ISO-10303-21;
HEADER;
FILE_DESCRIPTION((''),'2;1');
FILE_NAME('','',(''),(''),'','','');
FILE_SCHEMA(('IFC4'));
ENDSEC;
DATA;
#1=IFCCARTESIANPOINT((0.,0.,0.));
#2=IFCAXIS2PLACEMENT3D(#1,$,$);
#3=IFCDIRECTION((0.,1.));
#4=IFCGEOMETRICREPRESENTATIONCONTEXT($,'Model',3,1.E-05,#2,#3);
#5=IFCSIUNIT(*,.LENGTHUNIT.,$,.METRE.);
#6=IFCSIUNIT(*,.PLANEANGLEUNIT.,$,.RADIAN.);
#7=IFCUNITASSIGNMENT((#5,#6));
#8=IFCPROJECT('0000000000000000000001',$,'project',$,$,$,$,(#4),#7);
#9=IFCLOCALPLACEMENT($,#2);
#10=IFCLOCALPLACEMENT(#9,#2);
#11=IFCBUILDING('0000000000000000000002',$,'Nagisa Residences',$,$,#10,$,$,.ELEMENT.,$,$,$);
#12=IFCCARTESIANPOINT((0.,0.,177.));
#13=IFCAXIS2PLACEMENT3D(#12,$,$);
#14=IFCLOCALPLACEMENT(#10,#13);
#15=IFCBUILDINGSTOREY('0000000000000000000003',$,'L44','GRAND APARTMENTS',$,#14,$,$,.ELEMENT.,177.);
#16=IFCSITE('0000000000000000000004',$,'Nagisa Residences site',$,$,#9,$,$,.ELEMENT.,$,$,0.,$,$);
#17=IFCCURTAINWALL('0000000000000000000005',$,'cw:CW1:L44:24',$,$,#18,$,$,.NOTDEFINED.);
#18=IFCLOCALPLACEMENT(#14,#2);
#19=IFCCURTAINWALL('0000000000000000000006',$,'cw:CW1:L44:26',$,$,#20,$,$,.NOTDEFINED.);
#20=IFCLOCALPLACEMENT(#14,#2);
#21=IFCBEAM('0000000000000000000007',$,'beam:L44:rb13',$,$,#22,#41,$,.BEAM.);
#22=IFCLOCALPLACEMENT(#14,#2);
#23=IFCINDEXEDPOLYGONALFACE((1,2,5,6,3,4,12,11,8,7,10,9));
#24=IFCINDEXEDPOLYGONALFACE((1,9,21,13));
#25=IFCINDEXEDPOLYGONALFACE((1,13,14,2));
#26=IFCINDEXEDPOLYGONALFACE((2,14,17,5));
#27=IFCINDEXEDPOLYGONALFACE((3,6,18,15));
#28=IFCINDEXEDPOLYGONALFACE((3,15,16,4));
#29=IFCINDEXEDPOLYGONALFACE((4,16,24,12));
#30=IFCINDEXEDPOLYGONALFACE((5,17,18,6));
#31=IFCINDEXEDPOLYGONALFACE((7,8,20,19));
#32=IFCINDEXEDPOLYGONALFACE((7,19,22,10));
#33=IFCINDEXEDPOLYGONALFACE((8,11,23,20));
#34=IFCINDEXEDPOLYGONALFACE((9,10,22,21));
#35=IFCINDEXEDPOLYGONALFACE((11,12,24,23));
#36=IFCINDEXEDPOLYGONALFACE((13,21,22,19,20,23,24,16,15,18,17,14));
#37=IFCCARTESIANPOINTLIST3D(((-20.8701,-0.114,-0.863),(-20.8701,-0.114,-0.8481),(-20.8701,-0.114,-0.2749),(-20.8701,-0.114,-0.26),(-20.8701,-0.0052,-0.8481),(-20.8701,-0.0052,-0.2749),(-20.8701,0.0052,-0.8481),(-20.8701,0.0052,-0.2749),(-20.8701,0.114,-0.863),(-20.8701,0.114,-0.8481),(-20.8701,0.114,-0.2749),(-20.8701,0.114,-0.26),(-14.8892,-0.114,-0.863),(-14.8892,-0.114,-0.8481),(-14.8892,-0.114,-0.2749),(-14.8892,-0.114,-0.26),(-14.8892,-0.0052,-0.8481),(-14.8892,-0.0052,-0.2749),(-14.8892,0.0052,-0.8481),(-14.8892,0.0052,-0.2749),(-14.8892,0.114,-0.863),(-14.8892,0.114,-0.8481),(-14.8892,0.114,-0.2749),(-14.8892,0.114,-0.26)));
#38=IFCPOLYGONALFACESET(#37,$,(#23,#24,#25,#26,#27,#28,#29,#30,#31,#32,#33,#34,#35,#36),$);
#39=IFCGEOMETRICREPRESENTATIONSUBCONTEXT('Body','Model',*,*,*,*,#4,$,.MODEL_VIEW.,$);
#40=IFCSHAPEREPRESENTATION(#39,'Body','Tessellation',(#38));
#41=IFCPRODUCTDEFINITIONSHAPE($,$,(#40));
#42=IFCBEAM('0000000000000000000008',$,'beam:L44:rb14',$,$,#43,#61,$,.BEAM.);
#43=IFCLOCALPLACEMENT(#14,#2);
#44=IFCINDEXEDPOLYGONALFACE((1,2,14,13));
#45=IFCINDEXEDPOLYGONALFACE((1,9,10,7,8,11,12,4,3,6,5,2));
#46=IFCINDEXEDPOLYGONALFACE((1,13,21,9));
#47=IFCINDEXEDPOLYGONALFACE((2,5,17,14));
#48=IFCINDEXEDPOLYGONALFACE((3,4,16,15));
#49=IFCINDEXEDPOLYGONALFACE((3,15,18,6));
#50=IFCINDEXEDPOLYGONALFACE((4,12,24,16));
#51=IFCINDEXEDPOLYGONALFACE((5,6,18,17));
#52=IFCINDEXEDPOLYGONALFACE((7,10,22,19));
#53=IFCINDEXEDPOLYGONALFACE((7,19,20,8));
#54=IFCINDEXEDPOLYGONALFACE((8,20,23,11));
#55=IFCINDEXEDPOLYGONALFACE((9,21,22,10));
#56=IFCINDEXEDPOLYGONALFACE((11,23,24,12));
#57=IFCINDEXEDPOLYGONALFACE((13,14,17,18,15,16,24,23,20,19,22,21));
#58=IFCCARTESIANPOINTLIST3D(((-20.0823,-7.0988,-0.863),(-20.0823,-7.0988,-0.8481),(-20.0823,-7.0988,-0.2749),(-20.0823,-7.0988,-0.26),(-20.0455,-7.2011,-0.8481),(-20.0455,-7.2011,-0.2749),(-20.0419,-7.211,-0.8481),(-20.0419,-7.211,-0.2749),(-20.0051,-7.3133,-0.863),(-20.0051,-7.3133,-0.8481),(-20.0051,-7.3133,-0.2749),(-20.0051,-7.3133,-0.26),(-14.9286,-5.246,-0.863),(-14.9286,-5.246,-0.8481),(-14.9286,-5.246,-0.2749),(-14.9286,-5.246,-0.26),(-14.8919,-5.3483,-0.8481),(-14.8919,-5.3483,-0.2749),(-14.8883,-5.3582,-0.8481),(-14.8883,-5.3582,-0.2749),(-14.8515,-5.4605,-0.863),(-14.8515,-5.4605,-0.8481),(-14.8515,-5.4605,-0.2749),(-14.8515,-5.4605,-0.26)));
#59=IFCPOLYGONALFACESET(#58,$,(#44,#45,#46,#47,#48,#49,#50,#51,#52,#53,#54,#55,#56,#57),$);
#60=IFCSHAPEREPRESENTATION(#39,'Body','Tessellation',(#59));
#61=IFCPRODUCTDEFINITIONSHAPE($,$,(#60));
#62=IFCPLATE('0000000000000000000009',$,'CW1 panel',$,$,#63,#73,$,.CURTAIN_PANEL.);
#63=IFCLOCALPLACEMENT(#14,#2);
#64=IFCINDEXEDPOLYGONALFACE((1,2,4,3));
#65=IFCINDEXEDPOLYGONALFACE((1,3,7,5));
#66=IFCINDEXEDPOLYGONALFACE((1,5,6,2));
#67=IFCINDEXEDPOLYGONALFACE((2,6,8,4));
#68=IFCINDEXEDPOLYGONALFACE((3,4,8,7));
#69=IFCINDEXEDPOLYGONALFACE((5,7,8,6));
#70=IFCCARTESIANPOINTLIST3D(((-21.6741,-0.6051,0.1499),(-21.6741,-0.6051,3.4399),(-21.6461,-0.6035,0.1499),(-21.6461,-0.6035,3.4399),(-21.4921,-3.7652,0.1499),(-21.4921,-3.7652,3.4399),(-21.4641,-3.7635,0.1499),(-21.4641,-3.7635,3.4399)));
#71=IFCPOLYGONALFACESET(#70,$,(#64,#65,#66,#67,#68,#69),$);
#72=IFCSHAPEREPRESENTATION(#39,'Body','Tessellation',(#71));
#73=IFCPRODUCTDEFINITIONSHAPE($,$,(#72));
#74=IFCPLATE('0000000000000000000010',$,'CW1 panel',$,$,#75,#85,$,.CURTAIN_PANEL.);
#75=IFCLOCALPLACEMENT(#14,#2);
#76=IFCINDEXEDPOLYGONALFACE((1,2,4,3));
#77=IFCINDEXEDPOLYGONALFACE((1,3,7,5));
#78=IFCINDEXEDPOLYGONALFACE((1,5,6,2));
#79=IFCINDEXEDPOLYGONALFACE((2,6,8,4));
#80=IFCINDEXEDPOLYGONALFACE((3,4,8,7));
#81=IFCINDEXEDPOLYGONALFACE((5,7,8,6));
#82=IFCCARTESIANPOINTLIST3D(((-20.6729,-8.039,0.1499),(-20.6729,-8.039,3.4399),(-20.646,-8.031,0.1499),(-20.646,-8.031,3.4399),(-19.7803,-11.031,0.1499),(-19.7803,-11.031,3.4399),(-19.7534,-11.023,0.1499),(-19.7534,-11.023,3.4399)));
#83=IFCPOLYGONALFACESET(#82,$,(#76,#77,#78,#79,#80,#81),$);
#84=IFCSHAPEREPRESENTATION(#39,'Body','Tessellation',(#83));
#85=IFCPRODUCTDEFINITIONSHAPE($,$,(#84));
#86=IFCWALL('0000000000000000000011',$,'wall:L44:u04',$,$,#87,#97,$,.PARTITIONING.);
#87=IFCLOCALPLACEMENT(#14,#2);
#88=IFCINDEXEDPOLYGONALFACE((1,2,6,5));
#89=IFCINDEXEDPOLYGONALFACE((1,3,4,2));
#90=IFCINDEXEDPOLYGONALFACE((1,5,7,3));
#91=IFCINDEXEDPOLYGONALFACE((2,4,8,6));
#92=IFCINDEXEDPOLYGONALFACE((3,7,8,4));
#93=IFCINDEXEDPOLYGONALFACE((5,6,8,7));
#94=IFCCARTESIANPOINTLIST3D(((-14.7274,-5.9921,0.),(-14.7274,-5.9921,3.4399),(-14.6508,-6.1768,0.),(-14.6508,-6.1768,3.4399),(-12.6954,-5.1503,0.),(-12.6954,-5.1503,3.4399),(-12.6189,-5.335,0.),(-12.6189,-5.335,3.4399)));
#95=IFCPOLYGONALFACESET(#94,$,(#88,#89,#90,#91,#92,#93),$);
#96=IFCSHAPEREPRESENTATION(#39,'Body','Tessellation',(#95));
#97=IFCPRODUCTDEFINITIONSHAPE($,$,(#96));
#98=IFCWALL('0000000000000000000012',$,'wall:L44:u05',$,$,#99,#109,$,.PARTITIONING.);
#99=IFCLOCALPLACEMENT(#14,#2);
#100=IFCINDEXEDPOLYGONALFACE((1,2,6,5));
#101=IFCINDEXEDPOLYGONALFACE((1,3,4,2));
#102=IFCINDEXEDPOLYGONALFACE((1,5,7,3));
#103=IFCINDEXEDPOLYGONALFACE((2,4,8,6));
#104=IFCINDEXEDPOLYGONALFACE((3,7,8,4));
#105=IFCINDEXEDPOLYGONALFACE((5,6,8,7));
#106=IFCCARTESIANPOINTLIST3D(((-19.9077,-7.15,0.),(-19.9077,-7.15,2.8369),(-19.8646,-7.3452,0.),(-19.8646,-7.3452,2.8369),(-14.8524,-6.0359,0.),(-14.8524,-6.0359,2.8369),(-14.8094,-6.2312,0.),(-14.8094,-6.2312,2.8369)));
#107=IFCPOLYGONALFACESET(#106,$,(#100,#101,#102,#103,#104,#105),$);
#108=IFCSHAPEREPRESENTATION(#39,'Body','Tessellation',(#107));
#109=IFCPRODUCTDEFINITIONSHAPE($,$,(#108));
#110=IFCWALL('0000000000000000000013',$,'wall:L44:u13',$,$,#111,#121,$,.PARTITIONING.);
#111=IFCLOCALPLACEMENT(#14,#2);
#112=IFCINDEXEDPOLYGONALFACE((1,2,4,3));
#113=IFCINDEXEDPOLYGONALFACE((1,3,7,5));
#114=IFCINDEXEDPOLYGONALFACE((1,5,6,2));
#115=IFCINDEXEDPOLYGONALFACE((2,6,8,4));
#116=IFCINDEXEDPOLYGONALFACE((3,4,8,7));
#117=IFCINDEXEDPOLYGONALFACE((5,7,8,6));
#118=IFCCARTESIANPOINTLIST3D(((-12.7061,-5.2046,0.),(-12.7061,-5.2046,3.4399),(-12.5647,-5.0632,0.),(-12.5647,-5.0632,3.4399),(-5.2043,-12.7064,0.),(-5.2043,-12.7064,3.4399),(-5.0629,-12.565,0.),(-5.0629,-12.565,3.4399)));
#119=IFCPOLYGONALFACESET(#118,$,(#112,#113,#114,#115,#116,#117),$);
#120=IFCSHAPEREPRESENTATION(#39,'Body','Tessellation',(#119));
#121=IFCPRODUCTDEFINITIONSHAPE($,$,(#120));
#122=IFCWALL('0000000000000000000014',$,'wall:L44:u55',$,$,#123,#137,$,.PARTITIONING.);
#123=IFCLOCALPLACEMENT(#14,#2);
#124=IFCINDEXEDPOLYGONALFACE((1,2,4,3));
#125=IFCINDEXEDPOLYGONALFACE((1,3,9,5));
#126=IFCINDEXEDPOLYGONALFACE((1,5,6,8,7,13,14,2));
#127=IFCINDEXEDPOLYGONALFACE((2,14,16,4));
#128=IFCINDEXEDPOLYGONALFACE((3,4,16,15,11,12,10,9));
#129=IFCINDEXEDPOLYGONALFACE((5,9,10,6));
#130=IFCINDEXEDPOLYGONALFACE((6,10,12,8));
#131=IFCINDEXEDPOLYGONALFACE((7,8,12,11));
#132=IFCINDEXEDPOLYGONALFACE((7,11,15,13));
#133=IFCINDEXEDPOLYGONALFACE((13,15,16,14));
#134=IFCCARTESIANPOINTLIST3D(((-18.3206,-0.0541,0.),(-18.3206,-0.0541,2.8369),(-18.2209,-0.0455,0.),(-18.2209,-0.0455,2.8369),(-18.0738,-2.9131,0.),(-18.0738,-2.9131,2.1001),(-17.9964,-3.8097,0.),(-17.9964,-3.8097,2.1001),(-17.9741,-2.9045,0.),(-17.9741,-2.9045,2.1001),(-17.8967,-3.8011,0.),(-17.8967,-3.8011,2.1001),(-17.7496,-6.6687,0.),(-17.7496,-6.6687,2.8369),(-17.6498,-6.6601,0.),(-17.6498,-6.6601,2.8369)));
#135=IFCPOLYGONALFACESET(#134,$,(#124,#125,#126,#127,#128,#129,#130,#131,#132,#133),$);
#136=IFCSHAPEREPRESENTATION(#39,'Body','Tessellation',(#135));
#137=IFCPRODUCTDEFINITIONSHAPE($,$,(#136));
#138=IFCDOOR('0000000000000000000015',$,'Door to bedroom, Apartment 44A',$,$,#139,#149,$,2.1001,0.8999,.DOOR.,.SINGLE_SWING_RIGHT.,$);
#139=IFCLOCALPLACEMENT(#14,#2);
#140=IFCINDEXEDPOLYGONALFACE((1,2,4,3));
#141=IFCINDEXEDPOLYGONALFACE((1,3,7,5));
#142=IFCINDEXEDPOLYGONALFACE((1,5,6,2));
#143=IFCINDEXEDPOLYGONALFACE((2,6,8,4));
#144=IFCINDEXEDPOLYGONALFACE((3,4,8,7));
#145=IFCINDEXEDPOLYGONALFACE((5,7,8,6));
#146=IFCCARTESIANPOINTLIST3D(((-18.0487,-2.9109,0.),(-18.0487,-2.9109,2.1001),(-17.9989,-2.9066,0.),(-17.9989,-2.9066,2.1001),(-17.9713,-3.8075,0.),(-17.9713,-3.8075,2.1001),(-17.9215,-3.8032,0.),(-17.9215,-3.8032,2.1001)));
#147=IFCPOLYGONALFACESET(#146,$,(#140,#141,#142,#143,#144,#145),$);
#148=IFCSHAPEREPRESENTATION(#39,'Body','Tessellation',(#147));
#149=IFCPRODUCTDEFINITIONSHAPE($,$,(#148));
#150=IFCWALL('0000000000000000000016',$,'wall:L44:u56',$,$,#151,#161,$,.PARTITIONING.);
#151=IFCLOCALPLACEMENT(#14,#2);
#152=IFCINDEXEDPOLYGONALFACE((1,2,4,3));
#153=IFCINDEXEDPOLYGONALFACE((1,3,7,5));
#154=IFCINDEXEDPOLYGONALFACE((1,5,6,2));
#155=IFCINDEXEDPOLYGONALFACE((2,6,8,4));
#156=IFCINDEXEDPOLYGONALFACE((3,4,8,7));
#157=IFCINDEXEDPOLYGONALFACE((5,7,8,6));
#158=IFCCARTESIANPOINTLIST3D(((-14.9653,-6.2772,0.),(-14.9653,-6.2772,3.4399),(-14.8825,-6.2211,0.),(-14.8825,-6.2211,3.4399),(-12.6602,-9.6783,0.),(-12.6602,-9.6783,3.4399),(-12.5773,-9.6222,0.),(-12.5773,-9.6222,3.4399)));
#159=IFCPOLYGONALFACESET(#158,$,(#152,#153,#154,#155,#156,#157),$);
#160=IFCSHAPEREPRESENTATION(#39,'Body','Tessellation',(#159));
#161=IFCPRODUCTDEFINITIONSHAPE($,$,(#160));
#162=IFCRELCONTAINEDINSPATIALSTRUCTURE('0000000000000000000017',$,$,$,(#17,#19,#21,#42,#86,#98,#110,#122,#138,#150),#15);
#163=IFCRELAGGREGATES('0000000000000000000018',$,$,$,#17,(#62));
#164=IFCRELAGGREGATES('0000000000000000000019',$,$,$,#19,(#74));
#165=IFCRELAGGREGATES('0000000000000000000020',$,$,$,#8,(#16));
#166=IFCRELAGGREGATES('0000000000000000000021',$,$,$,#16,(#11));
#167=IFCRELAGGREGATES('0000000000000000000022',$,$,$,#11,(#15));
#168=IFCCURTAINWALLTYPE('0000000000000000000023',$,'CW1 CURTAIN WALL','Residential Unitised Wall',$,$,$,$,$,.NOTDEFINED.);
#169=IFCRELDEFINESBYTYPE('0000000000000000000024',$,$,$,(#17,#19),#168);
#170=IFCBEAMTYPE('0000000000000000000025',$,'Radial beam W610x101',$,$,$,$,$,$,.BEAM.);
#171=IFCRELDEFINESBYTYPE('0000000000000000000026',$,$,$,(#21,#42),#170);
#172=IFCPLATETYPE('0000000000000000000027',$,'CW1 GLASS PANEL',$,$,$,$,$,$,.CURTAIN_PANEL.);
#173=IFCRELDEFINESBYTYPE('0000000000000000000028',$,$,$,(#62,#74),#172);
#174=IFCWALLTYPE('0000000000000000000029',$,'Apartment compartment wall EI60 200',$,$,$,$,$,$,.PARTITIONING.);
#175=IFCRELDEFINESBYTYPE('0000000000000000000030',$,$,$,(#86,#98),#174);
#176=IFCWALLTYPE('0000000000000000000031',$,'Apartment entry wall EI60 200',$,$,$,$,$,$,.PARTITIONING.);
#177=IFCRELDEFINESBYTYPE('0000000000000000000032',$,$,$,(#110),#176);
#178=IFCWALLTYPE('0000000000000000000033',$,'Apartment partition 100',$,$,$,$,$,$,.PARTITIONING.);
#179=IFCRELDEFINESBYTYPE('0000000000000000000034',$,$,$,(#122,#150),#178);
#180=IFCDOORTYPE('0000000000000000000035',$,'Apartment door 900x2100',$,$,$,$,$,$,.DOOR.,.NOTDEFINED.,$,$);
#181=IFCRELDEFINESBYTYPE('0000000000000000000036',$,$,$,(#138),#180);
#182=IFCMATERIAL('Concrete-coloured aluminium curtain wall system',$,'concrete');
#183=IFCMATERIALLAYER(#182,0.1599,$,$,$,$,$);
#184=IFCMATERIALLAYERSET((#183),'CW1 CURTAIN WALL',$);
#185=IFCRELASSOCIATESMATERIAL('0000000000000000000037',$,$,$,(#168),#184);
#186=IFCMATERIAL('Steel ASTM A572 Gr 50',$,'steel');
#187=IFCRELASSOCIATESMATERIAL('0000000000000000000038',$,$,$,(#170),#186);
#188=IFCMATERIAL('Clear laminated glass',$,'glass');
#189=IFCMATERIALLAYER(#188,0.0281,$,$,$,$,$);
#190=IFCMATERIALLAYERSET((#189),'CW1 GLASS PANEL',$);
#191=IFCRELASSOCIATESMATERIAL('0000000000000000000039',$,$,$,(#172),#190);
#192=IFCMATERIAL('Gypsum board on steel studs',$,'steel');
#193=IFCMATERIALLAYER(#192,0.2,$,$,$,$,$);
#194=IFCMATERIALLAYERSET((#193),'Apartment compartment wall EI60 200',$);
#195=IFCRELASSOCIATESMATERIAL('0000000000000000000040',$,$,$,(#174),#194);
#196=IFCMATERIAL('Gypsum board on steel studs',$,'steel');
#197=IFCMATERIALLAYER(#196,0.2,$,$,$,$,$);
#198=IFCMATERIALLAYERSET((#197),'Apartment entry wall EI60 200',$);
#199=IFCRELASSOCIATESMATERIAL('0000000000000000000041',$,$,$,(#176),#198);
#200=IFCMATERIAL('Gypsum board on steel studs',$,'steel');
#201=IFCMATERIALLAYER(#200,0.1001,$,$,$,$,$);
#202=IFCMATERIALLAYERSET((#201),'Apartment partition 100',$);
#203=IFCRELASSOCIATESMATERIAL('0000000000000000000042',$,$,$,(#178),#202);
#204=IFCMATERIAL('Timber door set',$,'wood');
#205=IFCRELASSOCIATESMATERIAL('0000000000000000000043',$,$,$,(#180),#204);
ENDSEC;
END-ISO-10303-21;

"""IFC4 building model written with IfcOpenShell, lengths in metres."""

from ifc_helpers import new_model, si_unit, direction, frame, frame_2d, origin, origin_2d, place, context, subcontext, project, spatial, rectangle, i_section, extrude, material, layer, layer_set, material_profile, profile_set, type_object, element, fill, aggregate, save


model = new_model("IFC4")

# Units and contexts
model_context = context("Model", 3, precision=1e-05, world=origin(), true_north=direction((0.0, 1.0)))
body_context = subcontext(model_context, "Body", "Model", "MODEL_VIEW")
ifc_project = project(units=[si_unit("LENGTHUNIT", "METRE"), si_unit("PLANEANGLEUNIT", "RADIAN")], contexts=[model_context])

# Site, building, storey
site_placement = place(None, origin())
site = spatial("IfcSite", under=ifc_project, at=site_placement, Name="Nagisa Residences site", CompositionType="ELEMENT", RefElevation=0.0)
building_placement = place(site_placement, origin())
building = spatial("IfcBuilding", under=site, at=building_placement, Name="Nagisa Residences", CompositionType="ELEMENT")
storey_placement = place(building_placement, frame((0.0, 0.0, 177.0)))
storey = spatial("IfcBuildingStorey", under=building, at=storey_placement, Name="L44", Description="GRAND APARTMENTS", CompositionType="ELEMENT", Elevation=177.0)

# Curtain walls
ifc_material_1 = material(Name="Concrete-coloured aluminium curtain wall system", Category="concrete")
ifc_layer_1 = layer(ifc_material_1, 0.1599)
ifc_layer_set_1 = layer_set([ifc_layer_1], Name="CW1 CURTAIN WALL")
curtain_wall_type = type_object("IfcCurtainWallType", Name="CW1 CURTAIN WALL", Description="Residential Unitised Wall", PredefinedType="NOTDEFINED", material=ifc_layer_set_1)
curtain_wall_1_placement = place(storey_placement, origin())
curtain_wall_1 = element("IfcCurtainWall", 1, at=curtain_wall_1_placement, inside=storey, type_object=curtain_wall_type, Name="cw:CW1:L44:24", PredefinedType="NOTDEFINED")
curtain_wall_2_placement = place(storey_placement, origin())
curtain_wall_2 = element("IfcCurtainWall", 2, at=curtain_wall_2_placement, inside=storey, type_object=curtain_wall_type, Name="cw:CW1:L44:26", PredefinedType="NOTDEFINED")

# Beams
ifc_material_2 = material(Name="Steel ASTM A572 Gr 50", Category="steel")
ifc_material_profile_1 = material_profile(ifc_material_2, i_section(OverallWidth=0.228, OverallDepth=0.603, WebThickness=0.0105, FlangeThickness=0.0149, at=origin_2d()), Name="W610x101")
ifc_profile_set_1 = profile_set([ifc_material_profile_1], Name="Steel ASTM A572 Gr 50")
beam_type_1 = type_object("IfcBeamType", Name="Radial beam W610x101", PredefinedType="BEAM", material=ifc_profile_set_1)
beam_1_placement = place(storey_placement, frame((-20.8701, 0.0, -0.5615), z_axis=(1.0, 0.0, 0.0), x_axis=(0.0, 1.0, 0.0)))
element("IfcBeam", 3, at=beam_1_placement, inside=storey, type_object=beam_type_1, Name="beam:L44:rb13", PredefinedType="BEAM", context=body_context, shape_type="SweptSolid", body=[
    extrude(i_section(OverallWidth=0.228, OverallDepth=0.603, WebThickness=0.0105, FlangeThickness=0.0149, at=origin_2d()), origin(), (0.0, 0.0, 1.0), 5.981),
])
beam_2_placement = place(storey_placement, frame((-20.0437, -7.2061, -0.5615), z_axis=(0.941033, 0.338315, 0.0), x_axis=(-0.338315, 0.941033, 0.0)))
element("IfcBeam", 4, at=beam_2_placement, inside=storey, type_object=beam_type_1, Name="beam:L44:rb14", PredefinedType="BEAM", context=body_context, shape_type="SweptSolid", body=[
    extrude(i_section(OverallWidth=0.228, OverallDepth=0.603, WebThickness=0.0105, FlangeThickness=0.0149, at=origin_2d()), origin(), (0.0, 0.0, 1.0), 5.4766),
])

# Plates
ifc_material_3 = material(Name="Clear laminated glass", Category="glass")
ifc_layer_2 = layer(ifc_material_3, 0.0281)
ifc_layer_set_2 = layer_set([ifc_layer_2], Name="CW1 GLASS PANEL")
plate_type = type_object("IfcPlateType", Name="CW1 GLASS PANEL", PredefinedType="CURTAIN_PANEL", material=ifc_layer_set_2)
plate_1_placement = place(storey_placement, frame((-21.5691, -2.1843, 0.1499), z_axis=(0.0, 0.0, 1.0), x_axis=(0.057503, -0.998345, 0.0)))
plate_1 = element("IfcPlate", 5, at=plate_1_placement, type_object=plate_type, Name="CW1 panel", PredefinedType="CURTAIN_PANEL", context=body_context, shape_type="SweptSolid", body=[
    extrude(rectangle(XDim=3.1653, YDim=0.0281, at=origin_2d()), origin(), (0.0, 0.0, 1.0), 3.29),
])
aggregate(curtain_wall_1, [plate_1])
plate_2_placement = place(storey_placement, frame((-20.2131, -9.531, 0.1499), z_axis=(0.0, 0.0, 1.0), x_axis=(0.28586, -0.958271, 0.0)))
plate_2 = element("IfcPlate", 6, at=plate_2_placement, type_object=plate_type, Name="CW1 panel", PredefinedType="CURTAIN_PANEL", context=body_context, shape_type="SweptSolid", body=[
    extrude(rectangle(XDim=3.1223, YDim=0.0281, at=origin_2d()), origin(), (0.0, 0.0, 1.0), 3.29),
])
aggregate(curtain_wall_2, [plate_2])

# Walls
ifc_material_4 = material(Name="Gypsum board on steel studs", Category="steel")
ifc_layer_3 = layer(ifc_material_4, 0.2)
ifc_layer_set_3 = layer_set([ifc_layer_3], Name="Apartment compartment wall EI60 200")
wall_type_1 = type_object("IfcWallType", Name="Apartment compartment wall EI60 200", PredefinedType="PARTITIONING", material=ifc_layer_set_3)
wall_1_placement = place(storey_placement, frame((-12.6572, -5.2427, 0.0), z_axis=(0.0, 0.0, 1.0), x_axis=(-0.92386, -0.382731, 0.0)))
element("IfcWall", 7, at=wall_1_placement, inside=storey, type_object=wall_type_1, Name="wall:L44:u04", PredefinedType="PARTITIONING", context=body_context, shape_type="SweptSolid", body=[
    extrude(rectangle(XDim=2.1995, YDim=0.2, at=frame_2d((1.0996, 0.0))), origin(), (0.0, 0.0, 1.0), 3.4399),
])
wall_2_placement = place(storey_placement, frame((-14.8308, -6.1335, 0.0), z_axis=(0.0, 0.0, 1.0), x_axis=(-0.976568, -0.215207, 0.0)))
element("IfcWall", 8, at=wall_2_placement, inside=storey, type_object=wall_type_1, Name="wall:L44:u05", PredefinedType="PARTITIONING", context=body_context, shape_type="SweptSolid", body=[
    extrude(rectangle(XDim=5.1765, YDim=0.2, at=frame_2d((2.5884, 0.0))), origin(), (0.0, 0.0, 1.0), 2.8369),
])
ifc_material_5 = material(Name="Gypsum board on steel studs", Category="steel")
ifc_layer_4 = layer(ifc_material_5, 0.2)
ifc_layer_set_4 = layer_set([ifc_layer_4], Name="Apartment entry wall EI60 200")
wall_type_2 = type_object("IfcWallType", Name="Apartment entry wall EI60 200", PredefinedType="PARTITIONING", material=ifc_layer_set_4)
wall_3_placement = place(storey_placement, frame((-12.6355, -5.1338, 0.0), z_axis=(0.0, 0.0, 1.0), x_axis=(0.707107, -0.707107, 0.0)))
element("IfcWall", 9, at=wall_3_placement, inside=storey, type_object=wall_type_2, Name="wall:L44:u13", PredefinedType="PARTITIONING", context=body_context, shape_type="SweptSolid", body=[
    extrude(rectangle(XDim=10.6091, YDim=0.2, at=frame_2d((5.3047, 0.0))), origin(), (0.0, 0.0, 1.0), 3.4399),
])

# Wall, opening, door
ifc_material_6 = material(Name="Gypsum board on steel studs", Category="steel")
ifc_layer_5 = layer(ifc_material_6, 0.1001)
ifc_layer_set_5 = layer_set([ifc_layer_5], Name="Apartment partition 100")
wall_type_3 = type_object("IfcWallType", Name="Apartment partition 100", PredefinedType="PARTITIONING", material=ifc_layer_set_5)
wall_4_placement = place(storey_placement, frame((-18.2708, -0.0498, 0.0), z_axis=(0.0, 0.0, 1.0), x_axis=(0.086012, -0.996294, 0.0)))
wall_4 = element("IfcWall", 10, at=wall_4_placement, inside=storey, type_object=wall_type_3, Name="wall:L44:u55", PredefinedType="PARTITIONING", context=body_context, shape_type="SweptSolid", body=[
    extrude(rectangle(XDim=6.6392, YDim=0.1001, at=frame_2d((3.3196, 0.0))), origin(), (0.0, 0.0, 1.0), 2.8369),
])
opening_1_placement = place(wall_4_placement, frame((2.8696, 0.0, 0.0)))
opening_1 = element("IfcOpeningElement", 11, at=opening_1_placement, cuts=wall_4, PredefinedType="OPENING", context=body_context, shape_type="SweptSolid", body=[
    extrude(rectangle(XDim=0.8999, YDim=2.1001, at=frame_2d((0.45, 1.05))), frame((0.0, 0.0601, 0.0), z_axis=(0.0, -1.0, 0.0), x_axis=(1.0, 0.0, 0.0)), (0.0, 0.0, 1.0), 0.1201),
])
ifc_material_7 = material(Name="Timber door set", Category="wood")
door_type_1 = type_object("IfcDoorType", Name="Apartment door 900x2100", OperationType="NOTDEFINED", PredefinedType="DOOR", material=ifc_material_7)
door_1_placement = place(opening_1_placement, frame((0.8999, 0.0, 0.0), x_axis=(-1.0, 0.0, 0.0)))
door_1 = element("IfcDoor", 12, at=door_1_placement, inside=storey, type_object=door_type_1, Name="Door to bedroom, Apartment 44A", OperationType="SINGLE_SWING_RIGHT", OverallHeight=2.1001, OverallWidth=0.8999, PredefinedType="DOOR", context=body_context, shape_type="SweptSolid", body=[
    extrude(rectangle(XDim=0.8999, YDim=2.1001, at=frame_2d((0.45, 1.05))), frame((0.0, 0.0249, 0.0), z_axis=(0.0, -1.0, 0.0), x_axis=(1.0, 0.0, 0.0)), (0.0, 0.0, 1.0), 0.05),
])
fill(opening_1, door_1)

# Wall
wall_5_placement = place(storey_placement, frame((-14.9238, -6.2493, 0.0), z_axis=(0.0, 0.0, 1.0), x_axis=(0.561047, -0.827784, 0.0)))
element("IfcWall", 13, at=wall_5_placement, inside=storey, type_object=wall_type_3, Name="wall:L44:u56", PredefinedType="PARTITIONING", context=body_context, shape_type="SweptSolid", body=[
    extrude(rectangle(XDim=4.1086, YDim=0.1001, at=frame_2d((2.0542, 0.0))), origin(), (0.0, 0.0, 1.0), 3.4399),
])

save(model, "model.ifc")
